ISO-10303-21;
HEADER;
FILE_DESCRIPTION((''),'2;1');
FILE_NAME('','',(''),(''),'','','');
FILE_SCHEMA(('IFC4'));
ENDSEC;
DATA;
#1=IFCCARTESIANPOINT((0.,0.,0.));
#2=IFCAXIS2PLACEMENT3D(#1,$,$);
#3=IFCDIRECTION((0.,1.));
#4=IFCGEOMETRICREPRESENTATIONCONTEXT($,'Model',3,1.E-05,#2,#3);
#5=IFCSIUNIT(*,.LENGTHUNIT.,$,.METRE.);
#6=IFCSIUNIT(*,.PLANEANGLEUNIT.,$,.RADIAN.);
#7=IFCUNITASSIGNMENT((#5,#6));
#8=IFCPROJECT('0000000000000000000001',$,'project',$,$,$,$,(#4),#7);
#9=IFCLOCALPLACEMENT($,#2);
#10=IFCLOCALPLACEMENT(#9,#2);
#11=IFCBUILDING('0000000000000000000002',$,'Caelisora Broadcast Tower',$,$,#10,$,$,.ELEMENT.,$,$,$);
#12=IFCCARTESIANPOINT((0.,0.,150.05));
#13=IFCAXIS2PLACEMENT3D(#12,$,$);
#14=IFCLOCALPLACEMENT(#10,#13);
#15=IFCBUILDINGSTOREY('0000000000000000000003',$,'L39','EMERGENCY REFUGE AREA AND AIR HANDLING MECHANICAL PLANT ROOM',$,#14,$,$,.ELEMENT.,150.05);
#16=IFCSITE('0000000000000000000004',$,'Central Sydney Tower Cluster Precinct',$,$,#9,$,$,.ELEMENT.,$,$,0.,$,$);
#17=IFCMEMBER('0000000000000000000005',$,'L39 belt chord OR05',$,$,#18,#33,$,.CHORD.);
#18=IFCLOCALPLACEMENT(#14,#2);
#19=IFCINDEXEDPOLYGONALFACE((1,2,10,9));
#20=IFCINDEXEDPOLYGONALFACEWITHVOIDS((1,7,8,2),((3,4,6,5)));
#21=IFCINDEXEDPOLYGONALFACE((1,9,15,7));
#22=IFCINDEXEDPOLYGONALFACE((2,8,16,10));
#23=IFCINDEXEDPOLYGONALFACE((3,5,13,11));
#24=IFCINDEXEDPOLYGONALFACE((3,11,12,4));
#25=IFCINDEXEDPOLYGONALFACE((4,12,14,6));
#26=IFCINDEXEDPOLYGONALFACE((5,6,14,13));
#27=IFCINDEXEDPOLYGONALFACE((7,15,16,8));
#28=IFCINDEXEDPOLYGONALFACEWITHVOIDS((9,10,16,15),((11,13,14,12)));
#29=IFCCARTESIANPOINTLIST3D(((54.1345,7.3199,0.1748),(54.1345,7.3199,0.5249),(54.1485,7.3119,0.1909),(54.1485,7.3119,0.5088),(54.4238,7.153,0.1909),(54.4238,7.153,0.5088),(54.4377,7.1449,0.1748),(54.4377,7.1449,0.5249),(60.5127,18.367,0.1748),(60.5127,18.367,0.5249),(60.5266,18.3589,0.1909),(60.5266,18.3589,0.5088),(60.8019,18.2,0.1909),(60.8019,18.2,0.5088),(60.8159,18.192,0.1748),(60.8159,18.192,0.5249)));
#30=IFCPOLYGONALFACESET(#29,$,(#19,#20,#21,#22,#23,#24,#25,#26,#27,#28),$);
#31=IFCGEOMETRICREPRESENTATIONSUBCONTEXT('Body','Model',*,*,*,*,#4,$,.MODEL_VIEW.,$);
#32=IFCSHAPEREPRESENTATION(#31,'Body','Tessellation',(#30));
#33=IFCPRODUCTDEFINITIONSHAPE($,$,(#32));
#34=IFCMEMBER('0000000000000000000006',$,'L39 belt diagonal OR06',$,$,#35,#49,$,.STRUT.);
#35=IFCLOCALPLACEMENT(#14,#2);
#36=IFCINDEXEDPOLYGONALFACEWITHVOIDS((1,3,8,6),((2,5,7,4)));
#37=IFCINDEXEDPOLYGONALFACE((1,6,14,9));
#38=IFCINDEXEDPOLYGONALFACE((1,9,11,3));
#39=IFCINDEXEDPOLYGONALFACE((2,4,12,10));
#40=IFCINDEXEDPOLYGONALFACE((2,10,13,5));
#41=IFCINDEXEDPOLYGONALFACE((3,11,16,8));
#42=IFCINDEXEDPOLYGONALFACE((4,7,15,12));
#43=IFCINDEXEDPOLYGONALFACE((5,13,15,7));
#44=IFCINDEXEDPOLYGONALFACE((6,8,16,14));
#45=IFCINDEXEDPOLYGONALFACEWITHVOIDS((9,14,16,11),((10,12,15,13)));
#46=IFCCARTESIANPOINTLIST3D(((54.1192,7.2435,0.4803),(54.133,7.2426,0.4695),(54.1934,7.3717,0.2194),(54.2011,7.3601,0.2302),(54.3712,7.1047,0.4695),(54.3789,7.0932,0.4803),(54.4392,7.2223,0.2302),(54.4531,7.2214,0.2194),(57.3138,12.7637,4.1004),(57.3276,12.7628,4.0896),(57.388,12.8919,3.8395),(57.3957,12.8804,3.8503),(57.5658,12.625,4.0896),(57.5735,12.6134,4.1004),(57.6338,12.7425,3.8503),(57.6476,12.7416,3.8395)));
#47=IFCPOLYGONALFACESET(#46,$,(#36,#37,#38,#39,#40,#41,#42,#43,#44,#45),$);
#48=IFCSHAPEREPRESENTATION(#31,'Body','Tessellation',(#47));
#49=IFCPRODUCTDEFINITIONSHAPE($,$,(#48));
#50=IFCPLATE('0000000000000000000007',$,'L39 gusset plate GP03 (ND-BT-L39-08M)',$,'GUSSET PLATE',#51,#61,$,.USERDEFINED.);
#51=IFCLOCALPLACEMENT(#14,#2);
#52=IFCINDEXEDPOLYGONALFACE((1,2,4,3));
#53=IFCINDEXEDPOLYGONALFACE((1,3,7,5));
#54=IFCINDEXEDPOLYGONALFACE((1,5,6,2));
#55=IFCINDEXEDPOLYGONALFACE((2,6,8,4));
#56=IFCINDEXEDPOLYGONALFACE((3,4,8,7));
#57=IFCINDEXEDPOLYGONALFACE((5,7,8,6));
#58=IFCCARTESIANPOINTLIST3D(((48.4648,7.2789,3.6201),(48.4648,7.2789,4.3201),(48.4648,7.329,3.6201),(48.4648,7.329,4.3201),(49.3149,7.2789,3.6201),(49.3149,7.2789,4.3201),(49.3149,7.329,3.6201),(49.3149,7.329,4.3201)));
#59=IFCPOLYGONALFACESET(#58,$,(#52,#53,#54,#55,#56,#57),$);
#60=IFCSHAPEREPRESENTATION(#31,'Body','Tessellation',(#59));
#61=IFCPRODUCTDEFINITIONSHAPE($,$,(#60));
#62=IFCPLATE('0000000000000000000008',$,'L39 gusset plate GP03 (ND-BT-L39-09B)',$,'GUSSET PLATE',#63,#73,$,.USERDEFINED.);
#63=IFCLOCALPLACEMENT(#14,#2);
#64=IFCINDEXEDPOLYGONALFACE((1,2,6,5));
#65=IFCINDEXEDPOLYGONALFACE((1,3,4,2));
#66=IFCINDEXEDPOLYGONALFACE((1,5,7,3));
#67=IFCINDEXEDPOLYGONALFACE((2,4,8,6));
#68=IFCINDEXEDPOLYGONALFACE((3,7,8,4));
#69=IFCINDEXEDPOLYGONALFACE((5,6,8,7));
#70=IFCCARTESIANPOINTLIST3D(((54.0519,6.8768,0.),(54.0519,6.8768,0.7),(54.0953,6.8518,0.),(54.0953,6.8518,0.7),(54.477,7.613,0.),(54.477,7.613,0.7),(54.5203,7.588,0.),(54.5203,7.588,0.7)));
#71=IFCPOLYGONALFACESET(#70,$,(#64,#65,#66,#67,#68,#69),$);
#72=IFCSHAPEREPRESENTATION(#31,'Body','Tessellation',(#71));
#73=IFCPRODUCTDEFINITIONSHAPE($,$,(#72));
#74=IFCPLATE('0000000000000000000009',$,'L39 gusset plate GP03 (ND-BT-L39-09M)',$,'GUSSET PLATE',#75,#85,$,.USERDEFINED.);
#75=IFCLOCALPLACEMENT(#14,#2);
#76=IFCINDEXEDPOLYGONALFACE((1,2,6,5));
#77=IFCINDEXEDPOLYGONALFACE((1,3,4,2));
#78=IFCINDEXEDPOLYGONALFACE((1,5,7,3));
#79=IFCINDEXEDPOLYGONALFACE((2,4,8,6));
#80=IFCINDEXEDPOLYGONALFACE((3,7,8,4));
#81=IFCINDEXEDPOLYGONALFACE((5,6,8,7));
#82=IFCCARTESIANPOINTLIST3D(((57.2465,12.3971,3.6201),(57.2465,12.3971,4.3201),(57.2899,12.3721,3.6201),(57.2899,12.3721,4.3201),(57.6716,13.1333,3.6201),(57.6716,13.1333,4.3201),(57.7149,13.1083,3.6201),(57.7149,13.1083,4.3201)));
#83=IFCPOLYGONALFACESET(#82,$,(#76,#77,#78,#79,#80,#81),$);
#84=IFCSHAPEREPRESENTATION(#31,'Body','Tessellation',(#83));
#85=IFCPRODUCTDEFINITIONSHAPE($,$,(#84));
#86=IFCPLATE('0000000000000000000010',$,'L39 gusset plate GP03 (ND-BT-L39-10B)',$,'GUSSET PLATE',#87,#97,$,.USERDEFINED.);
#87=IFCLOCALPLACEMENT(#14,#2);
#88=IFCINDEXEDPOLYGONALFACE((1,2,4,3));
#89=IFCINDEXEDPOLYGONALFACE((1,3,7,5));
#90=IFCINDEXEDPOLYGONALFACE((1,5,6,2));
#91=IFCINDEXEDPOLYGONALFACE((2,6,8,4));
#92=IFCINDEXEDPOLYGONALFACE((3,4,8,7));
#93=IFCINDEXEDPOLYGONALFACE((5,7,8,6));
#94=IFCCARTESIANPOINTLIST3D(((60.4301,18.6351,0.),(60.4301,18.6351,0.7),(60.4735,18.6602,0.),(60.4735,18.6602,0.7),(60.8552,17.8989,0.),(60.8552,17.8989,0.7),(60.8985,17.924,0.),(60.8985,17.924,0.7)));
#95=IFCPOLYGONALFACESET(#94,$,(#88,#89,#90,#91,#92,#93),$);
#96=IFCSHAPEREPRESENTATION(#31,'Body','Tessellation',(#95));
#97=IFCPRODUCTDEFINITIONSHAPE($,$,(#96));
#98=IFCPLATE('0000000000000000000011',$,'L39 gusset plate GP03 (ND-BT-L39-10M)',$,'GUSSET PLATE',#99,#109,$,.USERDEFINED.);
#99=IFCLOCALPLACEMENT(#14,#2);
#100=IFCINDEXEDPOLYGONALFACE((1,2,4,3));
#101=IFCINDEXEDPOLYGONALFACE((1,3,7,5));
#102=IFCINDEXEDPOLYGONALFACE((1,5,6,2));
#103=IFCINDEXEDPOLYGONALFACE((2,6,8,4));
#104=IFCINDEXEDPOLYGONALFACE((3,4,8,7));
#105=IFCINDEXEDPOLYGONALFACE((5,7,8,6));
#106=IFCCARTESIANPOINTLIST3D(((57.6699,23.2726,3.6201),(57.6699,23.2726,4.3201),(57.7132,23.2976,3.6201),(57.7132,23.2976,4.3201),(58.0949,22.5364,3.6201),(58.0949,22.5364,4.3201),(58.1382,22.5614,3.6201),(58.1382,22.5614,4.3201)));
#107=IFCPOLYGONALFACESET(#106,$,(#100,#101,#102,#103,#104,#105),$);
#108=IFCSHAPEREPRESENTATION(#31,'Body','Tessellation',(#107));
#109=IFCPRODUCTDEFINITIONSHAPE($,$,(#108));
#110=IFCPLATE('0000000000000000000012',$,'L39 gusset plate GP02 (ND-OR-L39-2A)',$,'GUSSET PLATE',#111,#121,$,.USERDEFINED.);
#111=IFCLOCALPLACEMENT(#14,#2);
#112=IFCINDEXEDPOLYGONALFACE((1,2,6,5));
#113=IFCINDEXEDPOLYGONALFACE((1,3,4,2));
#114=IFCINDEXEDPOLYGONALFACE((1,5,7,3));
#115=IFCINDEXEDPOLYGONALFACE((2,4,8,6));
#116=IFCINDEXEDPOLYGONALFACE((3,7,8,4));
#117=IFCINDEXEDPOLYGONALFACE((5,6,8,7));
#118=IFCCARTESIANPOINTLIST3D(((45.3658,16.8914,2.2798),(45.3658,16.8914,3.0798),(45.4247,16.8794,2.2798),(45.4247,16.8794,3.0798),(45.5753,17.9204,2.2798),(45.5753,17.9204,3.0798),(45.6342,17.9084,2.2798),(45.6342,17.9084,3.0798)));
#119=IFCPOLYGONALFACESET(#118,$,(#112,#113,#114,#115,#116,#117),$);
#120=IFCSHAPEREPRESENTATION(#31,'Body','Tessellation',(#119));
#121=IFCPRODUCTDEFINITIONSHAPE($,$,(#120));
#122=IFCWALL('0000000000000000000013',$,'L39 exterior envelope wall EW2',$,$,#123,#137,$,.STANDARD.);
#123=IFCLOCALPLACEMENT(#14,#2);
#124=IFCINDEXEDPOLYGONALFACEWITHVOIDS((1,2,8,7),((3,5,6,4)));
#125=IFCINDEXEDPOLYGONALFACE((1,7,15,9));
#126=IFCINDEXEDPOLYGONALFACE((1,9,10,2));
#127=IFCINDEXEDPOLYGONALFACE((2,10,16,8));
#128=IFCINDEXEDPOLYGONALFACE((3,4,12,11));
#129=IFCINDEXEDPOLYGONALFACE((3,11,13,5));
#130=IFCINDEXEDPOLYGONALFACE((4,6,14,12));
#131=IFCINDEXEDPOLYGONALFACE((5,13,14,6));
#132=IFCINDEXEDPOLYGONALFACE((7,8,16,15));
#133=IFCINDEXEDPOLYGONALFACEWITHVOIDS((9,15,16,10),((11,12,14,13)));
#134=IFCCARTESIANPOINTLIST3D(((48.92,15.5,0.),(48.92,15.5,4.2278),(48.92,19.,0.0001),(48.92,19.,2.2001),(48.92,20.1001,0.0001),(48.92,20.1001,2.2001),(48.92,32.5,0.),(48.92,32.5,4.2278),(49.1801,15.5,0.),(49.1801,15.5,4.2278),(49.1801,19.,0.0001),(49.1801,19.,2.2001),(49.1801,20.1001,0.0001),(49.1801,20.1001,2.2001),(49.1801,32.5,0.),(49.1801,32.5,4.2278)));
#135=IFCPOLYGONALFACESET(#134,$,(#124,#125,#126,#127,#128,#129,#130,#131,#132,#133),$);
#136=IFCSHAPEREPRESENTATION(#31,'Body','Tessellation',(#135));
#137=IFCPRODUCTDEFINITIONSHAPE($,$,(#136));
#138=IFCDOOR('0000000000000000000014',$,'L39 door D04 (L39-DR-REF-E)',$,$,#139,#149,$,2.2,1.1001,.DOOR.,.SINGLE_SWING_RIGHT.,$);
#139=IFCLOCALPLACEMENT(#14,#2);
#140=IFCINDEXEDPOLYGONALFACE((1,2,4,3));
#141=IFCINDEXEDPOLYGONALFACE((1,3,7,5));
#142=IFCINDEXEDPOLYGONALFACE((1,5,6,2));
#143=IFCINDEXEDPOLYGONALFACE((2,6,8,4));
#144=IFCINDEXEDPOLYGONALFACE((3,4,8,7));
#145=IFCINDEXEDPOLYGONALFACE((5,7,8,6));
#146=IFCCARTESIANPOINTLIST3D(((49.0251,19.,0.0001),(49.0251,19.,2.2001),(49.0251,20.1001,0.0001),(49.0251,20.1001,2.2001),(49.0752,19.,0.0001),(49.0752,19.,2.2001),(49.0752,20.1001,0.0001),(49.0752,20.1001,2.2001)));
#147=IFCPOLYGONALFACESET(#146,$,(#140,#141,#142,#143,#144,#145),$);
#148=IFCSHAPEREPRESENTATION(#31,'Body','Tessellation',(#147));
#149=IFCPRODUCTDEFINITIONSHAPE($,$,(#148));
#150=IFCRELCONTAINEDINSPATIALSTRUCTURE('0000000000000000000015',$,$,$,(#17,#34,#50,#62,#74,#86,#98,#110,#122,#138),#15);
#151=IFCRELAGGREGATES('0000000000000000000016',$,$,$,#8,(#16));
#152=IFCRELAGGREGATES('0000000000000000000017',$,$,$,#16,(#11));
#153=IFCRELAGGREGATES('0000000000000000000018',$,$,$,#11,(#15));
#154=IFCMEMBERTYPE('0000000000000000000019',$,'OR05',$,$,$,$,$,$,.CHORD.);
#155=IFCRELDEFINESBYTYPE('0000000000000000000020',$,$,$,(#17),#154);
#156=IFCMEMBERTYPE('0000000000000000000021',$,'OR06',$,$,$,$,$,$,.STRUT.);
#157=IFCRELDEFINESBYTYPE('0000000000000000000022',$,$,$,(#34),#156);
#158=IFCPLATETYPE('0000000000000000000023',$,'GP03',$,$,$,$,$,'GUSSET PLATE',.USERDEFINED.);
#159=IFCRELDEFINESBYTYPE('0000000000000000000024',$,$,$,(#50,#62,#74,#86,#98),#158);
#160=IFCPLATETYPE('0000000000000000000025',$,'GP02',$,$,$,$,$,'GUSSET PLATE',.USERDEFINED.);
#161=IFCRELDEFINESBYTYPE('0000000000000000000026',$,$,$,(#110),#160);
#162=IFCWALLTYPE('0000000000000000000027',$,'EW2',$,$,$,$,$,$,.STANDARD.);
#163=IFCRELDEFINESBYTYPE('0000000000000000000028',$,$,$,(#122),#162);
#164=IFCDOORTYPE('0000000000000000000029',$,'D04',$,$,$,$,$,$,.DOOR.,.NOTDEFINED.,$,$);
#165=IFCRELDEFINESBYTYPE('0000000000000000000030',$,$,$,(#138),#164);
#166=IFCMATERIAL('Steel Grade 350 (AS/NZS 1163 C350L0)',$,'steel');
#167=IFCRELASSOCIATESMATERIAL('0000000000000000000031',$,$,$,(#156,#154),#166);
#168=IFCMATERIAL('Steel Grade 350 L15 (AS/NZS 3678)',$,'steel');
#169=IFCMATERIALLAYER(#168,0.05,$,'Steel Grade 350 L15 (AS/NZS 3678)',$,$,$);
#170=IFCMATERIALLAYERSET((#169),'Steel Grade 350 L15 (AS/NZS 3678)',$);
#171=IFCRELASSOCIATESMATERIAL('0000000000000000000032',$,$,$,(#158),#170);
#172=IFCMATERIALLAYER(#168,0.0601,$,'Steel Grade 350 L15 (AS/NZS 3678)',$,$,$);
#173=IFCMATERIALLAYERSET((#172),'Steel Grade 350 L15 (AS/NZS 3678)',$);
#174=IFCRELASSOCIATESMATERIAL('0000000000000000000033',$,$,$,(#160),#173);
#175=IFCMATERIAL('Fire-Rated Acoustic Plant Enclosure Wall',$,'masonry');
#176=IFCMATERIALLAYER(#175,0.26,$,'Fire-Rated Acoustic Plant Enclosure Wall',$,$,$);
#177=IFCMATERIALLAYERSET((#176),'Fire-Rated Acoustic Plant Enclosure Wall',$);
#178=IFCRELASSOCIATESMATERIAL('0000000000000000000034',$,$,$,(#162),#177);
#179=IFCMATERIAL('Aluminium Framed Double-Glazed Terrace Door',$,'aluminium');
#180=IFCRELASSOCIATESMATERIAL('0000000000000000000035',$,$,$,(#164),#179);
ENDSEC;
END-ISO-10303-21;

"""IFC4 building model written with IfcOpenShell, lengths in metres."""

from ifc_helpers import new_model, si_unit, direction, frame, frame_2d, origin, origin_2d, place, context, subcontext, project, spatial, rectangle, hollow_rectangle, extrude, source, transform, mapped, material, layer, layer_set, material_profile, profile_set, type_object, type_shapes, element, fill, save


model = new_model("IFC4")

# Units and contexts
model_context = context("Model", 3, precision=1e-05, world=origin(), true_north=direction((0.0, 1.0)))
body_context = subcontext(model_context, "Body", "Model", "MODEL_VIEW")
ifc_project = project(units=[si_unit("LENGTHUNIT", "METRE"), si_unit("PLANEANGLEUNIT", "RADIAN")], contexts=[model_context])

# Site, building, storey
site_placement = place(None, origin())
site = spatial("IfcSite", under=ifc_project, at=site_placement, Name="Central Sydney Tower Cluster Precinct", CompositionType="ELEMENT", RefElevation=0.0)
building_placement = place(site_placement, origin())
building = spatial("IfcBuilding", under=site, at=building_placement, Name="Caelisora Broadcast Tower", CompositionType="ELEMENT")
storey_placement = place(building_placement, frame((0.0, 0.0, 150.05)))
storey = spatial("IfcBuildingStorey", under=building, at=storey_placement, Name="L39", Description="EMERGENCY REFUGE AREA AND AIR HANDLING MECHANICAL PLANT ROOM", CompositionType="ELEMENT", Elevation=150.05)

# Shared definitions
ifc_material_1 = material(Name="Steel Grade 350 L15 (AS/NZS 3678)", Category="steel")

# Shared definitions
ifc_material_2 = material(Name="Steel Grade 350 (AS/NZS 1163 C350L0)", Category="steel")

# Members
ifc_material_profile_1 = material_profile(ifc_material_2, hollow_rectangle(XDim=0.3, YDim=0.3, WallThickness=0.0125, at=origin_2d()), Name="Steel Grade 350 (AS/NZS 1163 C350L0)")
ifc_profile_set_1 = profile_set([ifc_material_profile_1], Name="Steel Grade 350 (AS/NZS 1163 C350L0)")
member_type_1 = type_object("IfcMemberType", Name="OR06", PredefinedType="STRUT", material=ifc_profile_set_1)
ifc_material_profile_2 = material_profile(ifc_material_2, hollow_rectangle(XDim=0.3501, YDim=0.3501, WallThickness=0.0161, at=origin_2d()), Name="Steel Grade 350 (AS/NZS 1163 C350L0)")
ifc_profile_set_2 = profile_set([ifc_material_profile_2], Name="Steel Grade 350 (AS/NZS 1163 C350L0)")
member_type_2 = type_object("IfcMemberType", Name="OR05", PredefinedType="CHORD", material=ifc_profile_set_2)
shared_shape_1 = source(origin(), body_context, "Body", "SweptSolid", [
    extrude(hollow_rectangle(XDim=0.3501, YDim=0.3501, WallThickness=0.0161, at=origin_2d()), origin(), (0.0, 0.0, 1.0), 12.7561),
])
member_1_placement = place(storey_placement, frame((54.2861, 7.2324, 0.3499), z_axis=(0.500007, 0.866021, 0.0), x_axis=(-0.866021, 0.500007, 0.0)))
element("IfcMember", 1, at=member_1_placement, inside=storey, type_object=member_type_2, Name="L39 belt chord OR05", PredefinedType="CHORD", context=body_context, shape_type="MappedRepresentation", body=[
    mapped(shared_shape_1, transform((0.0, 0.0, 0.0), scale=1.0)),
])
shared_shape_2 = source(origin(), body_context, "Body", "SweptSolid", [
    extrude(hollow_rectangle(XDim=0.3, YDim=0.3, WallThickness=0.0125, at=origin_2d()), origin(), (0.0, 0.0, 1.0), 7.3337),
])
member_2_placement = place(storey_placement, frame((54.2861, 7.2324, 0.3499), z_axis=(0.4356, 0.75272, 0.493624), x_axis=(-0.865519, 0.500876, 0.0)))
element("IfcMember", 2, at=member_2_placement, inside=storey, type_object=member_type_1, Name="L39 belt diagonal OR06", PredefinedType="STRUT", context=body_context, shape_type="MappedRepresentation", body=[
    mapped(shared_shape_2, transform((0.0, 0.0, 0.0), scale=1.0)),
])

# Plates
ifc_layer_1 = layer(ifc_material_1, 0.05, Name="Steel Grade 350 L15 (AS/NZS 3678)")
ifc_layer_set_1 = layer_set([ifc_layer_1], Name="Steel Grade 350 L15 (AS/NZS 3678)")
plate_type_1 = type_object("IfcPlateType", Name="GP03", ElementType="GUSSET PLATE", PredefinedType="USERDEFINED", material=ifc_layer_set_1)
shared_shape_3 = source(origin(), body_context, "Body", "SweptSolid", [
    extrude(rectangle(XDim=0.8501, YDim=0.05, at=origin_2d()), origin(), (0.0, 0.0, 1.0), 0.7),
])
type_shapes(plate_type_1, [shared_shape_3])
for number, where, z_axis, x_axis, name in (
    (3, (48.8899, 7.304, 3.6201), (0.0, 0.0, 1.0), (1.0, 0.0, 0.0), "L39 gusset plate GP03 (ND-BT-L39-08M)"),
    (4, (54.2861, 7.2324, 0.0), (0.0, 0.0, 1.0), (0.5, 0.866025, 0.0), "L39 gusset plate GP03 (ND-BT-L39-09B)"),
    (5, (57.4807, 12.7527, 3.6201), (0.0, 0.0, 1.0), (0.5, 0.866025, 0.0), "L39 gusset plate GP03 (ND-BT-L39-09M)"),
    (6, (60.6643, 18.2795, 0.0), (0.0, 0.0, 1.0), (-0.5, 0.866025, 0.0), "L39 gusset plate GP03 (ND-BT-L39-10B)"),
    (7, (57.9041, 22.917, 3.6201), (0.0, 0.0, 1.0), (-0.5, 0.866025, 0.0), "L39 gusset plate GP03 (ND-BT-L39-10M)"),
):
    element("IfcPlate", number, at=place(storey_placement, frame(where, z_axis=z_axis, x_axis=x_axis)), inside=storey, type_object=plate_type_1, Name=name, ObjectType="GUSSET PLATE", PredefinedType="USERDEFINED", context=body_context, shape_type="MappedRepresentation", body=[
        mapped(shared_shape_3, transform((0.0, 0.0, 0.0), scale=1.0)),
    ])
ifc_layer_2 = layer(ifc_material_1, 0.0601, Name="Steel Grade 350 L15 (AS/NZS 3678)")
ifc_layer_set_2 = layer_set([ifc_layer_2], Name="Steel Grade 350 L15 (AS/NZS 3678)")
plate_type_2 = type_object("IfcPlateType", Name="GP02", ElementType="GUSSET PLATE", PredefinedType="USERDEFINED", material=ifc_layer_set_2)
shared_shape_4 = source(origin(), body_context, "Body", "SweptSolid", [
    extrude(rectangle(XDim=1.05, YDim=0.0601, at=origin_2d()), origin(), (0.0, 0.0, 1.0), 0.8),
])
type_shapes(plate_type_2, [shared_shape_4])
plate_placement = place(storey_placement, frame((45.5, 17.3999, 2.2798), z_axis=(0.0, 0.0, 1.0), x_axis=(-0.199539, -0.97989, 0.0)))
element("IfcPlate", 8, at=plate_placement, inside=storey, type_object=plate_type_2, Name="L39 gusset plate GP02 (ND-OR-L39-2A)", ObjectType="GUSSET PLATE", PredefinedType="USERDEFINED", context=body_context, shape_type="MappedRepresentation", body=[
    mapped(shared_shape_4, transform((0.0, 0.0, 0.0), scale=1.0)),
])

# Wall, opening, door
ifc_material_3 = material(Name="Fire-Rated Acoustic Plant Enclosure Wall", Category="masonry")
ifc_layer_3 = layer(ifc_material_3, 0.26, Name="Fire-Rated Acoustic Plant Enclosure Wall")
ifc_layer_set_3 = layer_set([ifc_layer_3], Name="Fire-Rated Acoustic Plant Enclosure Wall")
wall_type = type_object("IfcWallType", Name="EW2", PredefinedType="STANDARD", material=ifc_layer_set_3)
wall_placement = place(storey_placement, frame((49.05, 15.5, 0.0), z_axis=(0.0, 0.0, 1.0), x_axis=(0.0, 1.0, 0.0)))
wall = element("IfcWall", 9, at=wall_placement, inside=storey, type_object=wall_type, Name="L39 exterior envelope wall EW2", PredefinedType="STANDARD", context=body_context, shape_type="SweptSolid", body=[
    extrude(rectangle(XDim=17.0, YDim=0.26, at=frame_2d((8.5, 0.0))), origin(), (0.0, 0.0, 1.0), 4.2278),
])
opening_placement = place(wall_placement, frame((3.5, 0.0, 0.0)))
opening = element("IfcOpeningElement", 10, at=opening_placement, cuts=wall, PredefinedType="OPENING", context=body_context, shape_type="SweptSolid", body=[
    extrude(rectangle(XDim=1.1001, YDim=2.2, at=frame_2d((0.55, 1.1001))), frame((0.0, 0.1421, 0.0), z_axis=(0.0, -1.0, 0.0), x_axis=(1.0, 0.0, 0.0)), (0.0, 0.0, 1.0), 0.2839),
])
ifc_material_4 = material(Name="Aluminium Framed Double-Glazed Terrace Door", Category="aluminium")
door_type = type_object("IfcDoorType", Name="D04", OperationType="NOTDEFINED", PredefinedType="DOOR", material=ifc_material_4)
door_placement = place(opening_placement, origin())
door = element("IfcDoor", 11, at=door_placement, inside=storey, type_object=door_type, Name="L39 door D04 (L39-DR-REF-E)", OperationType="SINGLE_SWING_RIGHT", OverallHeight=2.2, OverallWidth=1.1001, PredefinedType="DOOR", context=body_context, shape_type="SweptSolid", body=[
    extrude(rectangle(XDim=1.1001, YDim=2.2, at=frame_2d((0.55, 1.1001))), frame((0.0, 0.0249, 0.0), z_axis=(0.0, -1.0, 0.0), x_axis=(1.0, 0.0, 0.0)), (0.0, 0.0, 1.0), 0.05),
])
fill(opening, door)

save(model, "model.ifc")
